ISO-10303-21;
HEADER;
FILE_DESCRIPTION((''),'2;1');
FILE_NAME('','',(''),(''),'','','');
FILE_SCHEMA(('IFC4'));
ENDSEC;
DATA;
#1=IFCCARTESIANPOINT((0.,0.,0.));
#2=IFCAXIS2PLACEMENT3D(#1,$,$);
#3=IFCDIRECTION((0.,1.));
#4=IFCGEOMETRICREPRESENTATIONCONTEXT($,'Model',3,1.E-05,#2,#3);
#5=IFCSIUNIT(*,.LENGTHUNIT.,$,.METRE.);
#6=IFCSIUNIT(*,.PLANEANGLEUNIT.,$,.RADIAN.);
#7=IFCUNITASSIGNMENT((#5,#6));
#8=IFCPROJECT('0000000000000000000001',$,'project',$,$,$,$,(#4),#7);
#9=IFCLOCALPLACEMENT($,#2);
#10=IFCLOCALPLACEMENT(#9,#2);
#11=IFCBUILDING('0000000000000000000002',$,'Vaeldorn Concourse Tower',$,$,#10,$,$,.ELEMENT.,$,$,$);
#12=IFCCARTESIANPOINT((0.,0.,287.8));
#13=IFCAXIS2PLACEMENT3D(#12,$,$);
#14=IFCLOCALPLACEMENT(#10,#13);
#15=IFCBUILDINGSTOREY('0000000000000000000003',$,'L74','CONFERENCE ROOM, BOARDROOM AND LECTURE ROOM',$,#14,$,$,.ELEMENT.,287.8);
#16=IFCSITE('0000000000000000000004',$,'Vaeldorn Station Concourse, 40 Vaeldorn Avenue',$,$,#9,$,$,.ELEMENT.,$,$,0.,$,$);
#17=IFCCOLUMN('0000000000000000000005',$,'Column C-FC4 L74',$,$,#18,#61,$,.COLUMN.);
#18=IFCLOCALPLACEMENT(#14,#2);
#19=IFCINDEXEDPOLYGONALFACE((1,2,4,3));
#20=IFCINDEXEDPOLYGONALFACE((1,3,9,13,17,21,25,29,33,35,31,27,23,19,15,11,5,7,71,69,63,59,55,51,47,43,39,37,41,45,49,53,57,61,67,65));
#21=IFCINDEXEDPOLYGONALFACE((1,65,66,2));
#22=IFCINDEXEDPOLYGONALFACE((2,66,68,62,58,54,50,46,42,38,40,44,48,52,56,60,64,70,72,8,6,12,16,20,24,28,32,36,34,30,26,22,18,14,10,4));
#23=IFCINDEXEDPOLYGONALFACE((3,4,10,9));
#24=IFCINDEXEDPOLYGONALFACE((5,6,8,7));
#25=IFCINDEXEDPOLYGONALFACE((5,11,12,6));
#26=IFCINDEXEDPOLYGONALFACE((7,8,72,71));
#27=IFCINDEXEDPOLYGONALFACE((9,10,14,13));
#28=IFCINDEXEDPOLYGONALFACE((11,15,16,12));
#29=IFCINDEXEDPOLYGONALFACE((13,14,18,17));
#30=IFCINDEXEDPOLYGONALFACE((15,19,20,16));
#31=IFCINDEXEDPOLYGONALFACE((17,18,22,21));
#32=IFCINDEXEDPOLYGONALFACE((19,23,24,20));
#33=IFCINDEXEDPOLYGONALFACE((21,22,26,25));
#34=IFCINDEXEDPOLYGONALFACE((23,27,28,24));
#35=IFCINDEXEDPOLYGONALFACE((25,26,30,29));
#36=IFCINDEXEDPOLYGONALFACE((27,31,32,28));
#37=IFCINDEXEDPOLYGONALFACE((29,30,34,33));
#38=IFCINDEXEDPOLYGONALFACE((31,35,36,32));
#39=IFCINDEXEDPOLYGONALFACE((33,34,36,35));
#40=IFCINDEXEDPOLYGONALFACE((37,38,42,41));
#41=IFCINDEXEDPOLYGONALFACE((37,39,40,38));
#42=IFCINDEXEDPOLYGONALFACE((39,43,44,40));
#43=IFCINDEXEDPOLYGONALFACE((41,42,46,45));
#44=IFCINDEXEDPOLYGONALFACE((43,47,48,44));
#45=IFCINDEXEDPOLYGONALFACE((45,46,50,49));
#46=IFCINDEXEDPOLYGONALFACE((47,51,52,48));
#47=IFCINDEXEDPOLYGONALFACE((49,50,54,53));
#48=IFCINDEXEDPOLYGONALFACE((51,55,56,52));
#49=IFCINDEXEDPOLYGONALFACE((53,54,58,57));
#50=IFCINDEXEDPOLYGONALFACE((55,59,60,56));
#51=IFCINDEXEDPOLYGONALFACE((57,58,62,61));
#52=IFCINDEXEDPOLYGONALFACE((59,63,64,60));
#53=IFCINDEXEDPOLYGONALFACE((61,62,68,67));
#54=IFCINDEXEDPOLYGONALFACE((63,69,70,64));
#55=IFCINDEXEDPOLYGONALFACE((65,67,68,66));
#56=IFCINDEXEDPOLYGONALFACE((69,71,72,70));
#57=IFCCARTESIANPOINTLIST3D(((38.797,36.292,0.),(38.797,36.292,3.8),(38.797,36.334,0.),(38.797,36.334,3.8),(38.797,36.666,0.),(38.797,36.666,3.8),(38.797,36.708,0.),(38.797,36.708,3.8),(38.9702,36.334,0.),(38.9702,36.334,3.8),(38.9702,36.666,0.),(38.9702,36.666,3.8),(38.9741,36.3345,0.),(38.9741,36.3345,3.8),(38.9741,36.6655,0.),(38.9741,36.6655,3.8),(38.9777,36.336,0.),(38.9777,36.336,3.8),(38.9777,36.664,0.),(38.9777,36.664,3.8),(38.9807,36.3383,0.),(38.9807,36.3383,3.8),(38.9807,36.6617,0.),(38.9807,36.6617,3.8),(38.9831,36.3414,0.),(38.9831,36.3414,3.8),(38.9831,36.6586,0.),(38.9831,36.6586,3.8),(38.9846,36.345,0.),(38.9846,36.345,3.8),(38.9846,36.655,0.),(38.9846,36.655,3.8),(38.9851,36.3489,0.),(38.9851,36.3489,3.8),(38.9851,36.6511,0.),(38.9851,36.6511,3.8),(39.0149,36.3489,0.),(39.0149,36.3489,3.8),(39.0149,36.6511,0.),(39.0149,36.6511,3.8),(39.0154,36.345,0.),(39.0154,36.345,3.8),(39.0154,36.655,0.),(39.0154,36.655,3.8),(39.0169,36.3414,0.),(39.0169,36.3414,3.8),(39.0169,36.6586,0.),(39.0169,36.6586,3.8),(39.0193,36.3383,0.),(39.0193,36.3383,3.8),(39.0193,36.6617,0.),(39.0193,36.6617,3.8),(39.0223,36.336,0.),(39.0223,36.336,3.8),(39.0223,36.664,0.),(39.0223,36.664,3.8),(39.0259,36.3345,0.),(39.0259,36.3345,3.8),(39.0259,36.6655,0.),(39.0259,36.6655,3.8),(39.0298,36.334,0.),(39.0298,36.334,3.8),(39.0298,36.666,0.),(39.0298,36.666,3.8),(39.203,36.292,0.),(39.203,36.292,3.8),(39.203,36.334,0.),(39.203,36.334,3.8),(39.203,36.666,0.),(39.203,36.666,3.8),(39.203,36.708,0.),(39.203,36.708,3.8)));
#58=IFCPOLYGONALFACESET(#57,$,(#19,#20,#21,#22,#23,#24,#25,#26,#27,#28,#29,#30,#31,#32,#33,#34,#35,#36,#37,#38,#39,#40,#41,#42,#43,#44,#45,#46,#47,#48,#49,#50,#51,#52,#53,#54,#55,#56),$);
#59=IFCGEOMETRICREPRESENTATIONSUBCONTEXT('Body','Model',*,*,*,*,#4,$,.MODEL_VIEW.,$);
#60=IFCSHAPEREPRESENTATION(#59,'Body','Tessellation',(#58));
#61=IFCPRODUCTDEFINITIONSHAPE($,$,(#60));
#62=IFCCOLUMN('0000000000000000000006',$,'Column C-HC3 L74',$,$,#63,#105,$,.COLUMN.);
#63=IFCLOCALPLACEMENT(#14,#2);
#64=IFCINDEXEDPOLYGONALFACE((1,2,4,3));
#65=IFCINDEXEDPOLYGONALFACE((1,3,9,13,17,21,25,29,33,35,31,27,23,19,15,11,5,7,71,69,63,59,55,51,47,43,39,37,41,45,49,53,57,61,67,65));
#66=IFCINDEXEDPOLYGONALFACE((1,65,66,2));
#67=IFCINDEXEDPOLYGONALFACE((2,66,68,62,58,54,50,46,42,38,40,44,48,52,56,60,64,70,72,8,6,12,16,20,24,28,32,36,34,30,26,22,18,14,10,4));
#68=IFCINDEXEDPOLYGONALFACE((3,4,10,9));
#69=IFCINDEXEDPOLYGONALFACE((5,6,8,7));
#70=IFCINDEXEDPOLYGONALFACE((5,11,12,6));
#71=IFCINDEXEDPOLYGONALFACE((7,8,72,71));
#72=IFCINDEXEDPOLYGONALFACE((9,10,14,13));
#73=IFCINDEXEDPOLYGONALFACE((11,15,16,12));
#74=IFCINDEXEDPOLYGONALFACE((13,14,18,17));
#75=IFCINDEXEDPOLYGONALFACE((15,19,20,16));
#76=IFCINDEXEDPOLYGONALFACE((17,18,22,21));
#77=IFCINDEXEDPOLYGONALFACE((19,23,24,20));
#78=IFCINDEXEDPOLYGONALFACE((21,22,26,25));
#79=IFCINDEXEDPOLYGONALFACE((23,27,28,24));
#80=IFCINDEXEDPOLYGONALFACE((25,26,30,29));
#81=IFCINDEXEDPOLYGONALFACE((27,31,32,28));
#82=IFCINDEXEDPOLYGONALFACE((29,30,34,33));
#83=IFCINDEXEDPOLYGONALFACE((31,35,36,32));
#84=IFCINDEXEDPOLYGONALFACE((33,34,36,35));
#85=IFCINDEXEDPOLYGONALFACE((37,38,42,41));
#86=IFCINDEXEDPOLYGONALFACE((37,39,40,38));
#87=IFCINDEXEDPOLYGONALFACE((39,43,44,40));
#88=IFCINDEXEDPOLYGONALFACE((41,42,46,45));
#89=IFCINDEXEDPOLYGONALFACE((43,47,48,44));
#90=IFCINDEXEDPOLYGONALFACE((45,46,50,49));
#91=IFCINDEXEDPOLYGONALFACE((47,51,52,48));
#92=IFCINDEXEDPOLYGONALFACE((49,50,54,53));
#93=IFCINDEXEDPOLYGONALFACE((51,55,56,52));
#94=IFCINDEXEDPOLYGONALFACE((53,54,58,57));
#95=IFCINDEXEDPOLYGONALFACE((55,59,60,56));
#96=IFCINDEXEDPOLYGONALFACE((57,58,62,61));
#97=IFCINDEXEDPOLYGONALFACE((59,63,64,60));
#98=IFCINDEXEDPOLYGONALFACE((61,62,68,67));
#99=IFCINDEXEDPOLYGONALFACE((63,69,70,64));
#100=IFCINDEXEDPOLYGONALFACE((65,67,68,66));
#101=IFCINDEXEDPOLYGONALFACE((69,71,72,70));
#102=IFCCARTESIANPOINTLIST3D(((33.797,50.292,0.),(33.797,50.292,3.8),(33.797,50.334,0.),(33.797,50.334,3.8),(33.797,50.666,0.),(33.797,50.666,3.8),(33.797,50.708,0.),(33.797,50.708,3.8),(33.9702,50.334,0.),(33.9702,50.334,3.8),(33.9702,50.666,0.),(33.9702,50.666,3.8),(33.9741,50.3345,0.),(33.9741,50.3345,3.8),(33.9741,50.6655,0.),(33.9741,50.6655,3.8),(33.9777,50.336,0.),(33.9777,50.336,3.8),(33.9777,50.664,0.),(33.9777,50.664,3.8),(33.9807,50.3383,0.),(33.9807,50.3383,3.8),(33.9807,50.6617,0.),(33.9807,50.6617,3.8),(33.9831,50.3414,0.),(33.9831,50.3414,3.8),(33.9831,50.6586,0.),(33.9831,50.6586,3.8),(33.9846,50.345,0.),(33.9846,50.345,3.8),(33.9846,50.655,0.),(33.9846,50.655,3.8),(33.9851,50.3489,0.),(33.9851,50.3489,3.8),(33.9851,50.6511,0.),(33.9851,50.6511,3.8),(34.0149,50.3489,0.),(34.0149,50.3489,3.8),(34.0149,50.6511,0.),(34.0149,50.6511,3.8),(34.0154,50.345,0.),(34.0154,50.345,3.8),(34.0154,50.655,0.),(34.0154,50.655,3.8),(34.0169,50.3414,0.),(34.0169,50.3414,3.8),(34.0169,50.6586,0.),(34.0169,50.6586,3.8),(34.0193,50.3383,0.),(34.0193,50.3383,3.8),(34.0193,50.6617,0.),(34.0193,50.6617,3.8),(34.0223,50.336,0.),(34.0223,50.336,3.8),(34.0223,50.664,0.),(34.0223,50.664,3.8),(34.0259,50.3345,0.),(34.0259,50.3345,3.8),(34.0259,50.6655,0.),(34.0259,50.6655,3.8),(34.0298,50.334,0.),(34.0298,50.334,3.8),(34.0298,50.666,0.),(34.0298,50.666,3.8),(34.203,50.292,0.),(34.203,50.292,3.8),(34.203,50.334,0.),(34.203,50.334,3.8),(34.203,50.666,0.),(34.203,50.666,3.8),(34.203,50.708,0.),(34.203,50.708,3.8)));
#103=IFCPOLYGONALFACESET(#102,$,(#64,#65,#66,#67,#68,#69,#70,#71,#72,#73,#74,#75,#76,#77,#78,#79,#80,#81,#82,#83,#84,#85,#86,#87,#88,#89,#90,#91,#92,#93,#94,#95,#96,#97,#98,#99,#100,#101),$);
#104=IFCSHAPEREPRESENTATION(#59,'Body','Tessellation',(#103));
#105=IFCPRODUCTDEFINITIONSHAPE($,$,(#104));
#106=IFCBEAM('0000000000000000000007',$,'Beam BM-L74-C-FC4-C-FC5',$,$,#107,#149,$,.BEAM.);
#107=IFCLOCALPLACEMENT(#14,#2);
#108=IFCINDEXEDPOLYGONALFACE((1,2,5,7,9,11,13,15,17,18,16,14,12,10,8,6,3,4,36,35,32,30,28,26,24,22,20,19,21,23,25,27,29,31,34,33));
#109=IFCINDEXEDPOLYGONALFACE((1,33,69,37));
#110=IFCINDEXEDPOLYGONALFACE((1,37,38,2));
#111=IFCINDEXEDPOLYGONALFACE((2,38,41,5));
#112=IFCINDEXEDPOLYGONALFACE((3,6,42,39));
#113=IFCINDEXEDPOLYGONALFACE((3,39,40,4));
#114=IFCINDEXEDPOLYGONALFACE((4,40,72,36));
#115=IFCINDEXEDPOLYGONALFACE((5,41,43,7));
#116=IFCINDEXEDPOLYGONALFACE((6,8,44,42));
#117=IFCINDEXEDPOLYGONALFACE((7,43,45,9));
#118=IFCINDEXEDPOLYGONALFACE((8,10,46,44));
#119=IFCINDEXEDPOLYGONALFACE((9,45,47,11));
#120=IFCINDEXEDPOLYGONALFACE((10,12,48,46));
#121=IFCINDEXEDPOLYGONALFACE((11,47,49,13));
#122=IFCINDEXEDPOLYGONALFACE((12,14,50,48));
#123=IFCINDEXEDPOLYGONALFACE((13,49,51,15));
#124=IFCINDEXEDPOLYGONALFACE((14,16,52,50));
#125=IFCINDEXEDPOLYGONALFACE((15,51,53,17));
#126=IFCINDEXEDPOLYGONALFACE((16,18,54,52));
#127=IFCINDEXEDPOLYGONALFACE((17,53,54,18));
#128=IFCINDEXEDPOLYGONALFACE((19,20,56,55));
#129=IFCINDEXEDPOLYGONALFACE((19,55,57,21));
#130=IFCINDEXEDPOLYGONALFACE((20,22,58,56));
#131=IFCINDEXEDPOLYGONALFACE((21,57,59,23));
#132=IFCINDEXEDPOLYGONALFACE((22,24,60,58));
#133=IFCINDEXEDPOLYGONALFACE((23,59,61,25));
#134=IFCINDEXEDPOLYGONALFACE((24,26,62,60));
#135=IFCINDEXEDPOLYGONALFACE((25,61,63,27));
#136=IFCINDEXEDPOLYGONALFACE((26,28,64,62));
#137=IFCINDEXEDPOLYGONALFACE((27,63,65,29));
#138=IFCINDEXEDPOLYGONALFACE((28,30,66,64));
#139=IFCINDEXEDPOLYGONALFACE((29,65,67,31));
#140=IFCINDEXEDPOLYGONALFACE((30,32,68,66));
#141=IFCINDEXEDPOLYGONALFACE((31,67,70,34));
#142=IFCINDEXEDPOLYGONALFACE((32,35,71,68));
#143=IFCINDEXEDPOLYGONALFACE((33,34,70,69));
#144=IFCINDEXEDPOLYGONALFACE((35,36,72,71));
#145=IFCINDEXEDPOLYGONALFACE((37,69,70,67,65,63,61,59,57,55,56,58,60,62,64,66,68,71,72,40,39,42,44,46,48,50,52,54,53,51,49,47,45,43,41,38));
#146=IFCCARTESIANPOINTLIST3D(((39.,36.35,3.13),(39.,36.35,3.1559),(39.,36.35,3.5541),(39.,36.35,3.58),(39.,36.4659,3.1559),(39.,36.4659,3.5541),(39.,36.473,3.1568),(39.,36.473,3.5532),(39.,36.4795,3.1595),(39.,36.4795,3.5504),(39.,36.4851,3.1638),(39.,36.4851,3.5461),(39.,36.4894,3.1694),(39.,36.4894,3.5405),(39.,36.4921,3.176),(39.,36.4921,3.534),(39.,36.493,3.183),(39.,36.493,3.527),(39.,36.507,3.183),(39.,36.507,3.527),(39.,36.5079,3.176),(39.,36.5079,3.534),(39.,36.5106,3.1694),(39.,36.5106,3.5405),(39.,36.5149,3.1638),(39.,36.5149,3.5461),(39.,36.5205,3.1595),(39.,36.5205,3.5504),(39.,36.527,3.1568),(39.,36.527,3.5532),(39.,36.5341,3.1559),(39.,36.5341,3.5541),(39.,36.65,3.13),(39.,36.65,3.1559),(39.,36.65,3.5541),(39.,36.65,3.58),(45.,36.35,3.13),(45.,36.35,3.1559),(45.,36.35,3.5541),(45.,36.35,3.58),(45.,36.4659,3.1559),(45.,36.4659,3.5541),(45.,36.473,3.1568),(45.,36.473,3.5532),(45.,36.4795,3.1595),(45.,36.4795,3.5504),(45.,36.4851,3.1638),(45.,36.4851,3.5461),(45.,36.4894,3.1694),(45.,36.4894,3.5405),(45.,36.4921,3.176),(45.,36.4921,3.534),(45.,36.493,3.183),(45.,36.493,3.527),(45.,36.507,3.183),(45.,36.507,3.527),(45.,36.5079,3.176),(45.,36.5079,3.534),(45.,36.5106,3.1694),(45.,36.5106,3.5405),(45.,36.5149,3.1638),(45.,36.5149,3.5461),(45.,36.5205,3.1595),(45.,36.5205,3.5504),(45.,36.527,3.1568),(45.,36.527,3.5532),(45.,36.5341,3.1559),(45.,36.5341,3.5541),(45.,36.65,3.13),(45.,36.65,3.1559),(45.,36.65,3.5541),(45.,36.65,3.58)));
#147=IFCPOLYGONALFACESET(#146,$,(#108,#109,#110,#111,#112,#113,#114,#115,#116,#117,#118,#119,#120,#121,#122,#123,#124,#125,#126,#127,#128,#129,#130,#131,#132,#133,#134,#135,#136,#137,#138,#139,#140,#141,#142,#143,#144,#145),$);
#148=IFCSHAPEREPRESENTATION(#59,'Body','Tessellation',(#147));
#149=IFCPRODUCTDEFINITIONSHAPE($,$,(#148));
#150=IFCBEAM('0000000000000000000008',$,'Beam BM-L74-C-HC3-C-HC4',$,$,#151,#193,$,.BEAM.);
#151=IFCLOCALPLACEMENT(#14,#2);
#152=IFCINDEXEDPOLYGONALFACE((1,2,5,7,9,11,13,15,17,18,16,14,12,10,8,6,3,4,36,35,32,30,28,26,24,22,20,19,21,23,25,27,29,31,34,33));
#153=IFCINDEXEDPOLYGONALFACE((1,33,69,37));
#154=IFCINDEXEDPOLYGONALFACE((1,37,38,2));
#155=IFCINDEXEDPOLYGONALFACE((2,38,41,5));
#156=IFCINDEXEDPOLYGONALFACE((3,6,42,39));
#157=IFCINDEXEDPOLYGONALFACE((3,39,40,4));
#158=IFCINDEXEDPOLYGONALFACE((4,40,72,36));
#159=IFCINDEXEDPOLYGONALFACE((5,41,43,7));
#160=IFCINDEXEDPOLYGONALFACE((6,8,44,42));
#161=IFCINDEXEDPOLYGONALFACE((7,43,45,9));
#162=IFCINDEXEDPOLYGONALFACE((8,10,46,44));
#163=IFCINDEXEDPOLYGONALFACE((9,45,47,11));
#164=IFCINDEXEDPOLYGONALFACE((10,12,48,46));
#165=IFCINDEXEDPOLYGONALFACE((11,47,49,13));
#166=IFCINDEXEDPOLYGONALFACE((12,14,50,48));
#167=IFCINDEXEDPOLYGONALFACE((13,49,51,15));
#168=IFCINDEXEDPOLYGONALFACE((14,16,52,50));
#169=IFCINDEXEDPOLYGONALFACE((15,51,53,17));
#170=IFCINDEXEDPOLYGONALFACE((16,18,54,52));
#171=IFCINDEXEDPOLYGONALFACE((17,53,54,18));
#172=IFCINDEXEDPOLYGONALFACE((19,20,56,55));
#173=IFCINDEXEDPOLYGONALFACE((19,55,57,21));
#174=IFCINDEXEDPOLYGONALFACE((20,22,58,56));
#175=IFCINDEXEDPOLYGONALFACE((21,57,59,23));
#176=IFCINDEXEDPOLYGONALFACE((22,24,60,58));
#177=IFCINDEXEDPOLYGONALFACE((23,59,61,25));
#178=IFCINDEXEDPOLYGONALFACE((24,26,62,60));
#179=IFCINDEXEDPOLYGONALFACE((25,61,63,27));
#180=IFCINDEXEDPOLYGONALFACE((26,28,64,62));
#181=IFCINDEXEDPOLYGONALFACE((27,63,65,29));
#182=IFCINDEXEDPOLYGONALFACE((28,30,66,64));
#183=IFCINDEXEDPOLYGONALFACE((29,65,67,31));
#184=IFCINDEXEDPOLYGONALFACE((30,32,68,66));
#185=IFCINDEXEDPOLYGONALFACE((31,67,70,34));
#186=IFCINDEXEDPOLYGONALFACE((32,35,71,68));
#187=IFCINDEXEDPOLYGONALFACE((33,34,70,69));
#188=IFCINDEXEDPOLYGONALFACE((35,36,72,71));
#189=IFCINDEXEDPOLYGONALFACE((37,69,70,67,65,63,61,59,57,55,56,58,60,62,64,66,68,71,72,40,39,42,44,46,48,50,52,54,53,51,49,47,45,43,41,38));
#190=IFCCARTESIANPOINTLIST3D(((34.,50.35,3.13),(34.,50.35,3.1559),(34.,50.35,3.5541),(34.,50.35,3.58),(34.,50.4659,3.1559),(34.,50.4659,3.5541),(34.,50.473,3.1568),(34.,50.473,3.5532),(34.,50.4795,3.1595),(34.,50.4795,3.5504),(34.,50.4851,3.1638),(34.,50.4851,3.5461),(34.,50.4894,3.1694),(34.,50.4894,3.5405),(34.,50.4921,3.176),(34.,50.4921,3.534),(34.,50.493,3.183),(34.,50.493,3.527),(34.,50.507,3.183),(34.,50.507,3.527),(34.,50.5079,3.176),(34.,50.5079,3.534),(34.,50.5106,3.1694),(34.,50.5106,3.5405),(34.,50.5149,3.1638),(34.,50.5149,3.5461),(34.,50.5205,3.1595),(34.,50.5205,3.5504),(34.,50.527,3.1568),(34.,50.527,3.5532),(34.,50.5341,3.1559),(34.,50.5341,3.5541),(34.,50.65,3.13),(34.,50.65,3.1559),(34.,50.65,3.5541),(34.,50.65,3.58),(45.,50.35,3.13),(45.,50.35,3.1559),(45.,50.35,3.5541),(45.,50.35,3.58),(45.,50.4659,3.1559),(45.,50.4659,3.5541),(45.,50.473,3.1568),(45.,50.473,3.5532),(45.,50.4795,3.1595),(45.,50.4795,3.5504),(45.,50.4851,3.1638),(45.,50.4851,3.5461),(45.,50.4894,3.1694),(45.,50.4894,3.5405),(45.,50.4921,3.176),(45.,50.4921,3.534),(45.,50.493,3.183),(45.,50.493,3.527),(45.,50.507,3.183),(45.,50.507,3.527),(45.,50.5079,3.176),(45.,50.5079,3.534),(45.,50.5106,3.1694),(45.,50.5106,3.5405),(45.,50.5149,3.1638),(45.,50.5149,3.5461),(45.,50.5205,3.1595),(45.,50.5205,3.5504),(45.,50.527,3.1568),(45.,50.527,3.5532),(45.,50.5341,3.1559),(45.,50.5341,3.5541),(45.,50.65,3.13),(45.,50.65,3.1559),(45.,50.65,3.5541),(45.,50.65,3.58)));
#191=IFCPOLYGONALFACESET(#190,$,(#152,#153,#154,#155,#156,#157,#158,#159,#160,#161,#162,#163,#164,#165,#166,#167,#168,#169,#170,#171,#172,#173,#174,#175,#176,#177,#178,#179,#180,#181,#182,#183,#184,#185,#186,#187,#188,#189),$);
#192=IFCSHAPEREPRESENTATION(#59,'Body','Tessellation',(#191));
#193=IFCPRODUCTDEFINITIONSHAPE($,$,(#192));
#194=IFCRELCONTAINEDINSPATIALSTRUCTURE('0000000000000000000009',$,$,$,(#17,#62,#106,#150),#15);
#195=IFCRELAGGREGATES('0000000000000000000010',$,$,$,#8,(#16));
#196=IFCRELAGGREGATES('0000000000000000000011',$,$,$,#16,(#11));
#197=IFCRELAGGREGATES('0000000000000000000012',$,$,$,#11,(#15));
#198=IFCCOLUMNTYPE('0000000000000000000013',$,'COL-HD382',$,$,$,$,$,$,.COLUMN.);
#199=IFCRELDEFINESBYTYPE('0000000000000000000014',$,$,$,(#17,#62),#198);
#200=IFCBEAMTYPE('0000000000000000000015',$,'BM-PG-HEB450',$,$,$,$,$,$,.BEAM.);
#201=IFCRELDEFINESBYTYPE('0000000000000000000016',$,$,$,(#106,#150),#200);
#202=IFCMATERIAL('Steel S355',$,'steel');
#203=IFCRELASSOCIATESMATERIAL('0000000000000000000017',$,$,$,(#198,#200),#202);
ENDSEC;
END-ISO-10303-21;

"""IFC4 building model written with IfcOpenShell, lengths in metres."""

from ifc_helpers import new_model, si_unit, direction, frame, origin, origin_2d, place, context, subcontext, project, spatial, i_section, extrude, source, transform, mapped, material, material_profile, profile_set, type_object, element, save


model = new_model("IFC4")

# Units and contexts
model_context = context("Model", 3, precision=1e-05, world=origin(), true_north=direction((0.0, 1.0)))
body_context = subcontext(model_context, "Body", "Model", "MODEL_VIEW")
ifc_project = project(units=[si_unit("LENGTHUNIT", "METRE"), si_unit("PLANEANGLEUNIT", "RADIAN")], contexts=[model_context])

# Site, building, storey
site_placement = place(None, origin())
site = spatial("IfcSite", under=ifc_project, at=site_placement, Name="Vaeldorn Station Concourse, 40 Vaeldorn Avenue", CompositionType="ELEMENT", RefElevation=0.0)
building_placement = place(site_placement, origin())
building = spatial("IfcBuilding", under=site, at=building_placement, Name="Vaeldorn Concourse Tower", CompositionType="ELEMENT")
storey_placement = place(building_placement, frame((0.0, 0.0, 287.8)))
storey = spatial("IfcBuildingStorey", under=building, at=storey_placement, Name="L74", Description="CONFERENCE ROOM, BOARDROOM AND LECTURE ROOM", CompositionType="ELEMENT", Elevation=287.8)

# Columns
ifc_material_1 = material(Name="Steel S355", Category="steel")
ifc_material_profile_1 = material_profile(ifc_material_1, i_section(OverallWidth=0.406, OverallDepth=0.416, WebThickness=0.0298, FlangeThickness=0.042, FilletRadius=0.0149, at=origin_2d()), Name="HD 400x382")
ifc_profile_set_1 = profile_set([ifc_material_profile_1], Name="Steel S355")
column_type = type_object("IfcColumnType", Name="COL-HD382", PredefinedType="COLUMN", material=ifc_profile_set_1)
shared_shape_1 = source(origin(), body_context, "Body", "SweptSolid", [
    extrude(i_section(OverallWidth=0.406, OverallDepth=0.416, WebThickness=0.0298, FlangeThickness=0.042, FilletRadius=0.0149, at=origin_2d()), origin(), (0.0, 0.0, 1.0), 3.8),
])
for number, where, z_axis, x_axis, name in (
    (1, (39.0, 36.5, 0.0), (0.0, 0.0, 1.0), (1.0, 0.0, 0.0), "Column C-FC4 L74"),
    (2, (34.0, 50.5, 0.0), (0.0, 0.0, 1.0), (1.0, 0.0, 0.0), "Column C-HC3 L74"),
):
    element("IfcColumn", number, at=place(storey_placement, frame(where, z_axis=z_axis, x_axis=x_axis)), inside=storey, type_object=column_type, Name=name, PredefinedType="COLUMN", context=body_context, shape_type="MappedRepresentation", body=[
        mapped(shared_shape_1, transform((0.0, 0.0, 0.0), scale=1.0)),
    ])

# Beams
ifc_material_profile_2 = material_profile(ifc_material_1, i_section(OverallWidth=0.3, OverallDepth=0.45, WebThickness=0.0139, FlangeThickness=0.0259, FilletRadius=0.0271, at=origin_2d()), Name="HEB 450")
ifc_profile_set_2 = profile_set([ifc_material_profile_2], Name="Steel S355")
beam_type = type_object("IfcBeamType", Name="BM-PG-HEB450", PredefinedType="BEAM", material=ifc_profile_set_2)
shared_shape_2 = source(origin(), body_context, "Body", "SweptSolid", [
    extrude(i_section(OverallWidth=0.3, OverallDepth=0.45, WebThickness=0.0139, FlangeThickness=0.0259, FilletRadius=0.0271, at=origin_2d()), origin(), (0.0, 0.0, 1.0), 6.0),
])
beam_1_placement = place(storey_placement, frame((39.0, 36.5, 3.355), z_axis=(1.0, 0.0, 0.0), x_axis=(0.0, 1.0, 0.0)))
element("IfcBeam", 3, at=beam_1_placement, inside=storey, type_object=beam_type, Name="Beam BM-L74-C-FC4-C-FC5", PredefinedType="BEAM", context=body_context, shape_type="MappedRepresentation", body=[
    mapped(shared_shape_2, transform((0.0, 0.0, 0.0), scale=1.0)),
])
shared_shape_3 = source(origin(), body_context, "Body", "SweptSolid", [
    extrude(i_section(OverallWidth=0.3, OverallDepth=0.45, WebThickness=0.0139, FlangeThickness=0.0259, FilletRadius=0.0271, at=origin_2d()), origin(), (0.0, 0.0, 1.0), 11.0),
])
beam_2_placement = place(storey_placement, frame((34.0, 50.5, 3.355), z_axis=(1.0, 0.0, 0.0), x_axis=(0.0, 1.0, 0.0)))
element("IfcBeam", 4, at=beam_2_placement, inside=storey, type_object=beam_type, Name="Beam BM-L74-C-HC3-C-HC4", PredefinedType="BEAM", context=body_context, shape_type="MappedRepresentation", body=[
    mapped(shared_shape_3, transform((0.0, 0.0, 0.0), scale=1.0)),
])

save(model, "model.ifc")
